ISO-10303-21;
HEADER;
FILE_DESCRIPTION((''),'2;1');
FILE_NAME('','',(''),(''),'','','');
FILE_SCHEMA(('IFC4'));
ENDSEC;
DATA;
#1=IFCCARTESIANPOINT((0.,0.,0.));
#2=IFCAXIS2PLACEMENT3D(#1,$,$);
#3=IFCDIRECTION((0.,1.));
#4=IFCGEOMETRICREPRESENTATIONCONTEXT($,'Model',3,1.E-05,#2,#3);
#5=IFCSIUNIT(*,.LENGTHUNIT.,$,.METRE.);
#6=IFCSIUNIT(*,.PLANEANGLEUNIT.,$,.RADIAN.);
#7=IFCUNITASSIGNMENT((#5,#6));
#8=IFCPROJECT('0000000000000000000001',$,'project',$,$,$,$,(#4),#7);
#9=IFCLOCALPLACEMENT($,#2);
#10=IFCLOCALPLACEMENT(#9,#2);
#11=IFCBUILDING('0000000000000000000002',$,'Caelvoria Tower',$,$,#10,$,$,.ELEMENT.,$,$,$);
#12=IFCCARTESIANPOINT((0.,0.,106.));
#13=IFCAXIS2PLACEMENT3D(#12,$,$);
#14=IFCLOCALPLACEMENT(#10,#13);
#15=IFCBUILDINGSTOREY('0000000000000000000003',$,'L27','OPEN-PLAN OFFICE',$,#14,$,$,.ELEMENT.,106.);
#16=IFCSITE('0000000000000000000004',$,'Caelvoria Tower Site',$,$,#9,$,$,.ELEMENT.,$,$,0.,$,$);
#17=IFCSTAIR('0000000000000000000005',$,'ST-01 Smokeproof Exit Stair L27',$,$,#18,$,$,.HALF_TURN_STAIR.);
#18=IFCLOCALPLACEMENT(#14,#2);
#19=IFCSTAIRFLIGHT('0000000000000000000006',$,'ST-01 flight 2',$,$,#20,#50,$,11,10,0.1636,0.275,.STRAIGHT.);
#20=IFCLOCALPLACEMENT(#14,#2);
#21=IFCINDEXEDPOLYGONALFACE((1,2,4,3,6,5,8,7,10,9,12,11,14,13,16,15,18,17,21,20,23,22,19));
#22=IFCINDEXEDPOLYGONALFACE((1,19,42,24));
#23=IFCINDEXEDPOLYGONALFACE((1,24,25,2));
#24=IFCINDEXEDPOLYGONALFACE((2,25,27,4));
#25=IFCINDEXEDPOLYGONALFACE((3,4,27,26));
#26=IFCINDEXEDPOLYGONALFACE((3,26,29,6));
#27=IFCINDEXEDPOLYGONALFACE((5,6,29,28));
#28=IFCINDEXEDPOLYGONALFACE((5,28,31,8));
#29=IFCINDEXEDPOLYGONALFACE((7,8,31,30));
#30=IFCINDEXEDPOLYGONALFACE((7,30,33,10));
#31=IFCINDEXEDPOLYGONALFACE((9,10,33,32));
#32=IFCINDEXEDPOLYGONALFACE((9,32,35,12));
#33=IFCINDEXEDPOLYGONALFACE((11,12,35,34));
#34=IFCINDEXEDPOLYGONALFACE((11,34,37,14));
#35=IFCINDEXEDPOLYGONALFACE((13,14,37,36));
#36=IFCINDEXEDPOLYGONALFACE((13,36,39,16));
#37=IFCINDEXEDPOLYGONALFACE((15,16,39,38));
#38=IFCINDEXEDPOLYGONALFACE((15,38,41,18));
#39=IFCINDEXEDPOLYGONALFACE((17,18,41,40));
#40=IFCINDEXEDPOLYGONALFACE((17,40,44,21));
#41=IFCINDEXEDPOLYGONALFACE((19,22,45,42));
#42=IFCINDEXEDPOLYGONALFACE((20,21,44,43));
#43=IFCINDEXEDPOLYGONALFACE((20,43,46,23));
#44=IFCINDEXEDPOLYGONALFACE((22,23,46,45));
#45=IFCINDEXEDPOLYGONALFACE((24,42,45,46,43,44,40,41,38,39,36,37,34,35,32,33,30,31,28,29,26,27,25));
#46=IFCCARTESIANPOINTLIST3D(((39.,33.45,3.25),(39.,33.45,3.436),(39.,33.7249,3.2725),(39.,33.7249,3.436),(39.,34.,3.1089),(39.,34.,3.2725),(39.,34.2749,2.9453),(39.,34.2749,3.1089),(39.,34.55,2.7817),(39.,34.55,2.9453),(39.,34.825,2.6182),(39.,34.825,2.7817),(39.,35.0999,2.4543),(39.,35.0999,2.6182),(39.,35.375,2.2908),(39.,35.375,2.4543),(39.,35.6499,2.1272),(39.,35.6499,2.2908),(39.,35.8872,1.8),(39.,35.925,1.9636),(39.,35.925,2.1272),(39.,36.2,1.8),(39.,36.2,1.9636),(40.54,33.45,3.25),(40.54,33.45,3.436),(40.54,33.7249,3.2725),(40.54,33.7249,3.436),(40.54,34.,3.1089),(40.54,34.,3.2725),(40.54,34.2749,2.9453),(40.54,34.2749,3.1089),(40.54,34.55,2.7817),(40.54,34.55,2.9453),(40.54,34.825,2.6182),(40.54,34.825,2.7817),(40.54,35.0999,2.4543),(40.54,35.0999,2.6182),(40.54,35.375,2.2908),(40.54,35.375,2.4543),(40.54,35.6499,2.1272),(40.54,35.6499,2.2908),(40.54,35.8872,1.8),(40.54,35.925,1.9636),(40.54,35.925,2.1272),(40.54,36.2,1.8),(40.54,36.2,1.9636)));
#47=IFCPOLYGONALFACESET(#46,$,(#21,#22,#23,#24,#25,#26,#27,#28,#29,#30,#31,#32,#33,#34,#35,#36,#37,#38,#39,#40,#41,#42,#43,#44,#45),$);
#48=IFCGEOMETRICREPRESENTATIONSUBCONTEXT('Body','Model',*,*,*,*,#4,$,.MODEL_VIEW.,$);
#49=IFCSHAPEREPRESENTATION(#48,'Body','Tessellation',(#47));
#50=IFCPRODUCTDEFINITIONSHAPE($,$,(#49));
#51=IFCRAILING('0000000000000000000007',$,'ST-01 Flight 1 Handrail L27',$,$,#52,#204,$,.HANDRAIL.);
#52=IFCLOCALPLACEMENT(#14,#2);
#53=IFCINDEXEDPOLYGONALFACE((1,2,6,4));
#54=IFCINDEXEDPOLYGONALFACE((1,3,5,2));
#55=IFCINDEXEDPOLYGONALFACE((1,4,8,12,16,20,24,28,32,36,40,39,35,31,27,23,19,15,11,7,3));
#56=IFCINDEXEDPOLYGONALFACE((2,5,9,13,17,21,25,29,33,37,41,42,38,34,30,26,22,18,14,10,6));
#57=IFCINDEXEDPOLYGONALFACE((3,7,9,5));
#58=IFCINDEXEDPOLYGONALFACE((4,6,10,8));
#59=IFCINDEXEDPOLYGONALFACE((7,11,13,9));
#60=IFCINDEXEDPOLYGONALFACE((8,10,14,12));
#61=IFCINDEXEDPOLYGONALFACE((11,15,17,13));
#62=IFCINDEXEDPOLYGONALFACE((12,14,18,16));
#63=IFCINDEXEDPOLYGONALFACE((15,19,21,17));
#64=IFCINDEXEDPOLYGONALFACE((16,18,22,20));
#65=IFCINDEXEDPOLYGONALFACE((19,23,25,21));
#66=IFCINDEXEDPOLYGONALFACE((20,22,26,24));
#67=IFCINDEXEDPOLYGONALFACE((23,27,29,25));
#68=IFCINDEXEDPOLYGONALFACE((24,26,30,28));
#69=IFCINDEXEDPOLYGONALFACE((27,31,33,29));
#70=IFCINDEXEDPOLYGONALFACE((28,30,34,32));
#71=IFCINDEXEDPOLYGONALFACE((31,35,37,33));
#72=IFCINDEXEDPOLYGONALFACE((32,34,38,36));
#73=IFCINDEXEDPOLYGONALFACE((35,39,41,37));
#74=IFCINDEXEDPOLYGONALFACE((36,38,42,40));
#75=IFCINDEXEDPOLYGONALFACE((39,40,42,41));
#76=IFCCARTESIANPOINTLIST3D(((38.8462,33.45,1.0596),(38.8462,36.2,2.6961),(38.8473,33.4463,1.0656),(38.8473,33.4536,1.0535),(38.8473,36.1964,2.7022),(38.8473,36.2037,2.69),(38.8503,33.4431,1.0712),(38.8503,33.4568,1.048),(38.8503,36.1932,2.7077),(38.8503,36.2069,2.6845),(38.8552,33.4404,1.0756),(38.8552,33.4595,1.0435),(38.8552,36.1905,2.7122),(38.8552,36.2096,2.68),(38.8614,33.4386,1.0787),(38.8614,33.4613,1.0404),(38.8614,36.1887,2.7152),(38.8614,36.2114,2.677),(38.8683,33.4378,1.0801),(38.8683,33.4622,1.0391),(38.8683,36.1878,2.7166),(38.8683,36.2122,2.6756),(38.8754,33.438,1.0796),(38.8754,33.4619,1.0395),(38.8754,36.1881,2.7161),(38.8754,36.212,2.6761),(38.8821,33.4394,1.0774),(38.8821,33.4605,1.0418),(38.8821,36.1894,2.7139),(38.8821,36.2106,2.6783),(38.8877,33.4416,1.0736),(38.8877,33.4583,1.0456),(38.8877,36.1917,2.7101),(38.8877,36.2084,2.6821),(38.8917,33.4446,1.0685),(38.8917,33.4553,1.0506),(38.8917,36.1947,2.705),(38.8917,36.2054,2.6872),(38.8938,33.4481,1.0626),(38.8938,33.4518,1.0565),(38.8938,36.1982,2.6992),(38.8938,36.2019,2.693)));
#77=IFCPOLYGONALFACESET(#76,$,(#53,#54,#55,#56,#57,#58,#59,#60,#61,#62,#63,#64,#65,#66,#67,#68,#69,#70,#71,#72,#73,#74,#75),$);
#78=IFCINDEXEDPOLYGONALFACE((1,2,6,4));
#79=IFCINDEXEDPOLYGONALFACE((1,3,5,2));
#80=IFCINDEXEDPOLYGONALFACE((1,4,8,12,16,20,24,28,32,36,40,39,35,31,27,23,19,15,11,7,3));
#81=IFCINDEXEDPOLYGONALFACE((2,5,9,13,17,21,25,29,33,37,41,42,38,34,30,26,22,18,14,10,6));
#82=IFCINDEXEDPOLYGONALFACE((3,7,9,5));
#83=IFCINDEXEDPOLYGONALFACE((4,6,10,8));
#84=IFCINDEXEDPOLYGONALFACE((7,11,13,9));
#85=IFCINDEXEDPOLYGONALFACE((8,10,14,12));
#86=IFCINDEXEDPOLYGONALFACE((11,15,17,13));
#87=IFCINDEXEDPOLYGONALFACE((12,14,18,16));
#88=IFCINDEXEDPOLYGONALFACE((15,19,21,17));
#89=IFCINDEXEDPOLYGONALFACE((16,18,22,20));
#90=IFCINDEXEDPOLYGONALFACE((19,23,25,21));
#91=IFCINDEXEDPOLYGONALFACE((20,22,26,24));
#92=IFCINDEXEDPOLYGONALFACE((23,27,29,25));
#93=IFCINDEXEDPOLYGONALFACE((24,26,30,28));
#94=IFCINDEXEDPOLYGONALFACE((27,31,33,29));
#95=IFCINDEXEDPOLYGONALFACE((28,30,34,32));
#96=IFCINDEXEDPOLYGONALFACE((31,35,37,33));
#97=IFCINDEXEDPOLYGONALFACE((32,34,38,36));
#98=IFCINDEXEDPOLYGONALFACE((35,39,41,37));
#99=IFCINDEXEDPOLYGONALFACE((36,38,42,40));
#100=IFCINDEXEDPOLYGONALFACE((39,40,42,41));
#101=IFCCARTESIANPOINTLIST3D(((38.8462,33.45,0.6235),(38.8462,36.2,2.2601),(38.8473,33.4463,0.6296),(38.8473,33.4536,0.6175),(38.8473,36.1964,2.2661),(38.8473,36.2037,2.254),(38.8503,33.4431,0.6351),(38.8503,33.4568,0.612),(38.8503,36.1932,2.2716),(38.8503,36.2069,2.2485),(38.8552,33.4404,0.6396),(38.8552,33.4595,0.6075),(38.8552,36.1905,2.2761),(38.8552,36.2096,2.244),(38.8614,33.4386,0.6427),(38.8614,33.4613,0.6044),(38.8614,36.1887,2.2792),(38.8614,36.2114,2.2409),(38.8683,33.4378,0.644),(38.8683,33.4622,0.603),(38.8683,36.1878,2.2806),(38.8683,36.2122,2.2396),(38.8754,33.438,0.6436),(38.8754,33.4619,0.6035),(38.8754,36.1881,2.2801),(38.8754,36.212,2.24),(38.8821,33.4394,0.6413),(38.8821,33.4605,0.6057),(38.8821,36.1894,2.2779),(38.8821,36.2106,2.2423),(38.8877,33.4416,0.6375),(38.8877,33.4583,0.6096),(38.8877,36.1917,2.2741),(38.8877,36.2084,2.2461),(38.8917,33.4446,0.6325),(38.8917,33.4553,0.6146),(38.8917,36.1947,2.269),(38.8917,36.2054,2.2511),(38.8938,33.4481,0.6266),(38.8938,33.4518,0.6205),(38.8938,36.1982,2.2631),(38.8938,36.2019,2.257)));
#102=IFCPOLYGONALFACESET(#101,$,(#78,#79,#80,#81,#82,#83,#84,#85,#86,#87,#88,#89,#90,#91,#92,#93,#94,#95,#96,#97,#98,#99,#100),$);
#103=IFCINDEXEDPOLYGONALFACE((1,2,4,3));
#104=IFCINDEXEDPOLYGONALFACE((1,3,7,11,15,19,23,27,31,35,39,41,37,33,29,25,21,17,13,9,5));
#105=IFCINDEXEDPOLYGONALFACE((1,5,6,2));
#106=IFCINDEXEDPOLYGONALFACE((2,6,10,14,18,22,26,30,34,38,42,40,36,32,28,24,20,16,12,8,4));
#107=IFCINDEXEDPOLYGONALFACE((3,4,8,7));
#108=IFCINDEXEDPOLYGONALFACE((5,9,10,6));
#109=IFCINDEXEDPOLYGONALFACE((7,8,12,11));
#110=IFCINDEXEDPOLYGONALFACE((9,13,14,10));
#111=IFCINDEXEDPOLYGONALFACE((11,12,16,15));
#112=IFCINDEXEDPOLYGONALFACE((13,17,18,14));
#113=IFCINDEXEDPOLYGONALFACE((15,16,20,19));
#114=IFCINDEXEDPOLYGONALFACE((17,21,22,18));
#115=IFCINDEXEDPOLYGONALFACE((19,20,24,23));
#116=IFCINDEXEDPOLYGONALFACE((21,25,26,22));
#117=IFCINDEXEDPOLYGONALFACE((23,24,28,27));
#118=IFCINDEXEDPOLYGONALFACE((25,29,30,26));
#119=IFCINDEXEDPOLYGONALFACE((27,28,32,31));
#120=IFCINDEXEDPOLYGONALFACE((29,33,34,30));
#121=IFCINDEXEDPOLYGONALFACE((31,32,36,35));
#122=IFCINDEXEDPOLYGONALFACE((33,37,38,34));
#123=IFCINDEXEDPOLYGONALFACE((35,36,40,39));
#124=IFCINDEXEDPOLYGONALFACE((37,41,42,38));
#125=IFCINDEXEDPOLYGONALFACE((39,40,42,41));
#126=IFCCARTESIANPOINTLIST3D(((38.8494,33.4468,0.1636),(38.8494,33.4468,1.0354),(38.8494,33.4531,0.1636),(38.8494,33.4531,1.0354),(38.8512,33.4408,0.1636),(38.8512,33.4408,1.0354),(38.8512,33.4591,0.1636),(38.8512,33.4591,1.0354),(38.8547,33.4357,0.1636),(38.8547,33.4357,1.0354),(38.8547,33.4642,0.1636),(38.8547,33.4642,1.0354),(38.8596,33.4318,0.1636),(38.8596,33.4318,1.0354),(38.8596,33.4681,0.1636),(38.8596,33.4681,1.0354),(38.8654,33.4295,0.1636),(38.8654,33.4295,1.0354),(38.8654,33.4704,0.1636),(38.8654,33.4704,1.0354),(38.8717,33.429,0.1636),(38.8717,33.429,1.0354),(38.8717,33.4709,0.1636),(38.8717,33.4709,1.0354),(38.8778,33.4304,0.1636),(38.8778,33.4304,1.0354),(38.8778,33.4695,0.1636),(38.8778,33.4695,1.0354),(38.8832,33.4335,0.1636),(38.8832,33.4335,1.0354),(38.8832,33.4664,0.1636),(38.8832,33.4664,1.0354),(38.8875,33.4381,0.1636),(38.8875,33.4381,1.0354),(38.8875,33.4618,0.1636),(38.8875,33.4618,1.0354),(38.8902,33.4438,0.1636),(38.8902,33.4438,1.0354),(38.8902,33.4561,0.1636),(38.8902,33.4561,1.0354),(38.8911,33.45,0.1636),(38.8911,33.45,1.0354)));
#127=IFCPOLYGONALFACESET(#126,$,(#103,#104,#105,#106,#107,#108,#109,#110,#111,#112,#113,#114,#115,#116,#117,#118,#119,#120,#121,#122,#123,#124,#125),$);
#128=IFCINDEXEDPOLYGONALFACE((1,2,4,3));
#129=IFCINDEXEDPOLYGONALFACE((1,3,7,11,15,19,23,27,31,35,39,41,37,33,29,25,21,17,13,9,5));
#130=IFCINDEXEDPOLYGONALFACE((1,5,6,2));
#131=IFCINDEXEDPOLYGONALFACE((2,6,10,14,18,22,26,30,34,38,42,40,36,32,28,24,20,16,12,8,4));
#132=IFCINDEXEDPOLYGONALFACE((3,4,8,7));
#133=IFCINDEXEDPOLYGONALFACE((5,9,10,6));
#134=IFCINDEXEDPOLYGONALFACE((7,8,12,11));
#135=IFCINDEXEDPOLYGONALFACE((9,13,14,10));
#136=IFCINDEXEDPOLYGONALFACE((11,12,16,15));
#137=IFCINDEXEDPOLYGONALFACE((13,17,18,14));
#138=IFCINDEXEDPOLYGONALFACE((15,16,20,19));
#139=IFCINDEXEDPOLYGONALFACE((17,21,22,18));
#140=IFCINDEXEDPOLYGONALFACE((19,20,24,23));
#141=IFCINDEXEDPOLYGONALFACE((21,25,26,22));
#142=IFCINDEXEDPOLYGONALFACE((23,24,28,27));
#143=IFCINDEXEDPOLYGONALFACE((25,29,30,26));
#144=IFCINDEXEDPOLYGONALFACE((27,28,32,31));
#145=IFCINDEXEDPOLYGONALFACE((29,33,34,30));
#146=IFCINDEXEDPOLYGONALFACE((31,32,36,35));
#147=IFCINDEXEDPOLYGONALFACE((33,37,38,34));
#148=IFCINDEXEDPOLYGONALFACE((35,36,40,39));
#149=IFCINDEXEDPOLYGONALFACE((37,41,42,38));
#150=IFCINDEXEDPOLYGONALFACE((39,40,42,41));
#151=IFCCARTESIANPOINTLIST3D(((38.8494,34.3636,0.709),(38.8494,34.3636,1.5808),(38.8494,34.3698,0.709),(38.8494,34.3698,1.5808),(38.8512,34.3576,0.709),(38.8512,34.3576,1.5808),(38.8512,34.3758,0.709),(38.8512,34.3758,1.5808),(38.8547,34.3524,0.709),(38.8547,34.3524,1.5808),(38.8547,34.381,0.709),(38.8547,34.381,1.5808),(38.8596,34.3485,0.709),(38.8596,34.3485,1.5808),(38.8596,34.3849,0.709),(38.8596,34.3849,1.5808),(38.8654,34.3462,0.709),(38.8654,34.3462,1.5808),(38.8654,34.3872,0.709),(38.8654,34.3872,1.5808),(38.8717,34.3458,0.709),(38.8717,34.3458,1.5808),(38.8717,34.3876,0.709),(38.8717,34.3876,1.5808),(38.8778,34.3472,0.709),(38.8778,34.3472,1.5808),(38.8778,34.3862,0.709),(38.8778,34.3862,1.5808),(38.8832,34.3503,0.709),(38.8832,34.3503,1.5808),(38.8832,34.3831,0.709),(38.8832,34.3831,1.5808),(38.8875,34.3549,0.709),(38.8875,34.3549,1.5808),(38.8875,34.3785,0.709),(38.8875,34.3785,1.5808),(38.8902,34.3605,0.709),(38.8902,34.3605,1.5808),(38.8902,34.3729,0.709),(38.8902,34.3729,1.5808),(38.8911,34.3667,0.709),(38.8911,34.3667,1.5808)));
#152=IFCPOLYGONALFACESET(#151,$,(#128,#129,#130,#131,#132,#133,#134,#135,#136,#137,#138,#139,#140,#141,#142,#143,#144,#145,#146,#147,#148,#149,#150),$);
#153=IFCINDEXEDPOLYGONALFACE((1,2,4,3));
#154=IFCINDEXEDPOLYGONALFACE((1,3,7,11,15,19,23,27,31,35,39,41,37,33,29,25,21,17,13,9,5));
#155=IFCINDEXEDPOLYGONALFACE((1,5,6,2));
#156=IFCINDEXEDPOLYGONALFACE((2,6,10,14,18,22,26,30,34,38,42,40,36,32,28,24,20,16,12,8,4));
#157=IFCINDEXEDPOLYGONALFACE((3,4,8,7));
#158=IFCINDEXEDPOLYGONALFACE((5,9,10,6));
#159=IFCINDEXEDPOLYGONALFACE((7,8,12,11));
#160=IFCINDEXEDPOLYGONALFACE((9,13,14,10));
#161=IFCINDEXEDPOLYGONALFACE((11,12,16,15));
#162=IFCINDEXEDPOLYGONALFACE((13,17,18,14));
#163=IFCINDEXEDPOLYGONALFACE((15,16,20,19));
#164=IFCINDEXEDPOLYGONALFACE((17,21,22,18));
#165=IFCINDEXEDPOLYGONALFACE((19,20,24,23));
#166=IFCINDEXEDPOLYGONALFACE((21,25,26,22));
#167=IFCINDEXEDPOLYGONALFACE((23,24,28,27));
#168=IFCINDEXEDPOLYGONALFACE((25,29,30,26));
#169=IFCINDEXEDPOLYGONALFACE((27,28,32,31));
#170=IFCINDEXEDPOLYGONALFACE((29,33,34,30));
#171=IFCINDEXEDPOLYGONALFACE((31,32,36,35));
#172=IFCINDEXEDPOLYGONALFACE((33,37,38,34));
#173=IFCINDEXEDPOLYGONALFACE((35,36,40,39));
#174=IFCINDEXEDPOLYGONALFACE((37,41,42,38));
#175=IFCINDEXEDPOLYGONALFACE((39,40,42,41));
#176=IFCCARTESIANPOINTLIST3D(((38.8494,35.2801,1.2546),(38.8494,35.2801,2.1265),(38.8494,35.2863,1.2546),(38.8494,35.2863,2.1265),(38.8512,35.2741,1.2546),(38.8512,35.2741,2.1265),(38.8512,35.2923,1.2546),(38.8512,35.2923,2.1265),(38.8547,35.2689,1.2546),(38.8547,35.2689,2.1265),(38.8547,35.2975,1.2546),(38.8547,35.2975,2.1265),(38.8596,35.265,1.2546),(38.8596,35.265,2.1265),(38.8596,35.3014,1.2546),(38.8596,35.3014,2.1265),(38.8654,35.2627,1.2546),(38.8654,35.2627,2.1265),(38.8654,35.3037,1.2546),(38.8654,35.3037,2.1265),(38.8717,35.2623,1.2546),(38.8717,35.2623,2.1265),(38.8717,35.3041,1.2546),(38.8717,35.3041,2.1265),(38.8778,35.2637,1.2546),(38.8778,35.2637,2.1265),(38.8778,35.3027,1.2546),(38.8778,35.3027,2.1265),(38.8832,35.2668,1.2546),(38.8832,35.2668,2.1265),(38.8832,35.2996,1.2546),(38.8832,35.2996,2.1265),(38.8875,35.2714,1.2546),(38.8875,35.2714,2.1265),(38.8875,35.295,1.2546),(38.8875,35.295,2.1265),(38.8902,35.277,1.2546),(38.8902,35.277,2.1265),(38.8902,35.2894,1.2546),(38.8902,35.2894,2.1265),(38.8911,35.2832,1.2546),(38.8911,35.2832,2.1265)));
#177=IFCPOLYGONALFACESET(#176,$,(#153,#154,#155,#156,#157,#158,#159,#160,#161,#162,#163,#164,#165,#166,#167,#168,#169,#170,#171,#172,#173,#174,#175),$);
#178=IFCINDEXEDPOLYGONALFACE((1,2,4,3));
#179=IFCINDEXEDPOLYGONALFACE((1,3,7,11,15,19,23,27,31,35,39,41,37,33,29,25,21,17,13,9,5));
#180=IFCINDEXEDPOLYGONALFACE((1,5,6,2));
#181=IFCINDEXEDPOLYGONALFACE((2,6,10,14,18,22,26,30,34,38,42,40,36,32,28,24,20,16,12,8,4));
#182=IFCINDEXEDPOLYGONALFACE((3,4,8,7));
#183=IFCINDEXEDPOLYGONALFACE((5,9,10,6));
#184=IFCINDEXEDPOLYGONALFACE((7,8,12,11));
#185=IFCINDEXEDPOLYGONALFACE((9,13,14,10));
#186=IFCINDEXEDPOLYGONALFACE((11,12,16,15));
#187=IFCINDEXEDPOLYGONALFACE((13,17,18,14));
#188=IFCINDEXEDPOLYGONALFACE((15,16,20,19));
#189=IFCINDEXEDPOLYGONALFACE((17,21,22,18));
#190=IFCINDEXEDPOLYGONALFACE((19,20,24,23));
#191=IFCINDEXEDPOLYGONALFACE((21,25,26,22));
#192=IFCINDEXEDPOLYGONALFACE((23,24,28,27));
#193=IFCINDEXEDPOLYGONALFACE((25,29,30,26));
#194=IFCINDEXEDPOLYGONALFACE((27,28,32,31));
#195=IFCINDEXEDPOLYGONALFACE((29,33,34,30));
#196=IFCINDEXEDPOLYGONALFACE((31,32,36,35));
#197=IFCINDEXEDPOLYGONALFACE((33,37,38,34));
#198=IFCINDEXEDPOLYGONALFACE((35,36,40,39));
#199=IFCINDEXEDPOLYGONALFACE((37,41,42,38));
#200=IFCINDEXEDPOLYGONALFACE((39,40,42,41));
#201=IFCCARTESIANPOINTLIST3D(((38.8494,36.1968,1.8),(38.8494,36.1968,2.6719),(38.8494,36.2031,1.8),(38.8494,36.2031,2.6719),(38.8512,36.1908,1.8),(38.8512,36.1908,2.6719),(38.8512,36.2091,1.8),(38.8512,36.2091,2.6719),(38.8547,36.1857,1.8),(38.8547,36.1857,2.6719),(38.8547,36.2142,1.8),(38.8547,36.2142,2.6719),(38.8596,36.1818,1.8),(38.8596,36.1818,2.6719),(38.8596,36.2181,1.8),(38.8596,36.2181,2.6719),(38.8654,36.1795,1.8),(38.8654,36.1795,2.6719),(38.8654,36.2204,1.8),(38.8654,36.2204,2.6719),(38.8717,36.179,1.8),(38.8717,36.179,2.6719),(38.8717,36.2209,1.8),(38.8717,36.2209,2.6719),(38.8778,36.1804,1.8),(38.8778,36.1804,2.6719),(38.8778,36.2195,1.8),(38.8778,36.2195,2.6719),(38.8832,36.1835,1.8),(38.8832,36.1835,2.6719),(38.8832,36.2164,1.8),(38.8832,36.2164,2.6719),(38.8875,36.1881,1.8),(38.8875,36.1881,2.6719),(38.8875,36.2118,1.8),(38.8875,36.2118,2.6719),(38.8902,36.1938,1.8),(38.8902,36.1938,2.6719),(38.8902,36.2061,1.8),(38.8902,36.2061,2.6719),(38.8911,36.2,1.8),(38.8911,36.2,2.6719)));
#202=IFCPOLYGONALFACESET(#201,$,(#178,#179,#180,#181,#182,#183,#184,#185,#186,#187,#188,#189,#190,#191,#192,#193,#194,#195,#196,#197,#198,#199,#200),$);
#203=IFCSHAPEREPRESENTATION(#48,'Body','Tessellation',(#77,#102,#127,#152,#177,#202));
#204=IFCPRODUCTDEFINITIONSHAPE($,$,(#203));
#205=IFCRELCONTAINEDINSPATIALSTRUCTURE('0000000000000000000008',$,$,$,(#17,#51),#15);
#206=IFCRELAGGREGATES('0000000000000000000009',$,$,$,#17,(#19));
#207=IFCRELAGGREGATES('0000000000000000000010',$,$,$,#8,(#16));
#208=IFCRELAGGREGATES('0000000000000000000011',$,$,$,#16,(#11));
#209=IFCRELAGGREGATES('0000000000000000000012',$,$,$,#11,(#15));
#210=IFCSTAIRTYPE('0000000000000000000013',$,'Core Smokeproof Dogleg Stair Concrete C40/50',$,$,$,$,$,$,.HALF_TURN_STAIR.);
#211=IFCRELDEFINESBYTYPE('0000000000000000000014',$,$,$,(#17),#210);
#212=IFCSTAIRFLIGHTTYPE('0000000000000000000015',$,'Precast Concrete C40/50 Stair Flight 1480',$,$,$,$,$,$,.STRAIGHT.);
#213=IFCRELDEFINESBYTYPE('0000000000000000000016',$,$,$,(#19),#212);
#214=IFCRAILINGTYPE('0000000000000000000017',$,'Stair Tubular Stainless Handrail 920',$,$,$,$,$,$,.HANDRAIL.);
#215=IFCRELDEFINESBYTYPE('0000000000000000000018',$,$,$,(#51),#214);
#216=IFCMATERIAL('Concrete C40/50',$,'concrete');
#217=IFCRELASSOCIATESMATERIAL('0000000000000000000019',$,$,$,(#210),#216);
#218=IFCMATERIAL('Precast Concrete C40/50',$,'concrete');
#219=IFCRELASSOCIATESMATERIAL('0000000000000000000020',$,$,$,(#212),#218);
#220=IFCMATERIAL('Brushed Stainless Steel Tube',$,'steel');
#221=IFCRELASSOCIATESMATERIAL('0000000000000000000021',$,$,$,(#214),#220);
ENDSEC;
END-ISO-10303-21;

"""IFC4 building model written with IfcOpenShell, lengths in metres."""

from ifc_helpers import new_model, si_unit, direction, frame, origin, origin_2d, place, context, subcontext, project, spatial, polyline, circle, outline, extrude, material, type_object, element, aggregate, save


model = new_model("IFC4")

# Units and contexts
model_context = context("Model", 3, precision=1e-05, world=origin(), true_north=direction((0.0, 1.0)))
body_context = subcontext(model_context, "Body", "Model", "MODEL_VIEW")
ifc_project = project(units=[si_unit("LENGTHUNIT", "METRE"), si_unit("PLANEANGLEUNIT", "RADIAN")], contexts=[model_context])

# Site, building, storey
site_placement = place(None, origin())
site = spatial("IfcSite", under=ifc_project, at=site_placement, Name="Caelvoria Tower Site", CompositionType="ELEMENT", RefElevation=0.0)
building_placement = place(site_placement, origin())
building = spatial("IfcBuilding", under=site, at=building_placement, Name="Caelvoria Tower", CompositionType="ELEMENT")
storey_placement = place(building_placement, frame((0.0, 0.0, 106.0)))
storey = spatial("IfcBuildingStorey", under=building, at=storey_placement, Name="L27", Description="OPEN-PLAN OFFICE", CompositionType="ELEMENT", Elevation=106.0)

# Stair, stair flight
ifc_material_1 = material(Name="Concrete C40/50", Category="concrete")
stair_type = type_object("IfcStairType", Name="Core Smokeproof Dogleg Stair Concrete C40/50", PredefinedType="HALF_TURN_STAIR", material=ifc_material_1)
stair_placement = place(storey_placement, origin())
stair = element("IfcStair", 1, at=stair_placement, inside=storey, type_object=stair_type, Name="ST-01 Smokeproof Exit Stair L27", PredefinedType="HALF_TURN_STAIR")
ifc_material_2 = material(Name="Precast Concrete C40/50", Category="concrete")
stair_flight_type = type_object("IfcStairFlightType", Name="Precast Concrete C40/50 Stair Flight 1480", PredefinedType="STRAIGHT", material=ifc_material_2)
stair_flight_1_placement = place(storey_placement, frame((39.77, 36.2, 1.8), z_axis=(0.0, 0.0, 1.0), x_axis=(0.0, -1.0, 0.0)))
stair_flight_1 = element("IfcStairFlight", 2, at=stair_flight_1_placement, type_object=stair_flight_type, Name="ST-01 flight 2", NumberOfRisers=11, NumberOfTreads=10, PredefinedType="STRAIGHT", RiserHeight=0.1636, TreadLength=0.275, context=body_context, shape_type="SweptSolid", body=[
    extrude(outline(polyline([(0.0, 0.0), (0.0, 0.1636), (0.2749, 0.1636), (0.2749, 0.3271), (0.55, 0.3271), (0.55, 0.4907), (0.825, 0.4907), (0.825, 0.6543), (1.1001, 0.6543), (1.1001, 0.8181), (1.375, 0.8181), (1.375, 0.9817), (1.6499, 0.9817), (1.6499, 1.1453), (1.925, 1.1453), (1.925, 1.3088), (2.2, 1.3088), (2.2, 1.4724), (2.4751, 1.4724), (2.4751, 1.636), (2.75, 1.636), (2.75, 1.7996), (2.75, 1.45), (0.3127, 0.0), (0.0, 0.0)])), frame((0.0, 0.77, 0.0), z_axis=(0.0, -1.0, 0.0), x_axis=(1.0, 0.0, 0.0)), (0.0, 0.0, 1.0), 1.54),
])
aggregate(stair, [stair_flight_1])

# Railing
ifc_material_3 = material(Name="Brushed Stainless Steel Tube", Category="steel")
railing_type_1 = type_object("IfcRailingType", Name="Stair Tubular Stainless Handrail 920", PredefinedType="HANDRAIL", material=ifc_material_3)
railing_1_placement = place(storey_placement, frame((38.8701, 33.45, 0.1636)))
element("IfcRailing", 3, at=railing_1_placement, inside=storey, type_object=railing_type_1, Name="ST-01 Flight 1 Handrail L27", PredefinedType="HANDRAIL", context=body_context, shape_type="SweptSolid", body=[
    extrude(circle(Radius=0.0239, at=origin_2d()), frame((0.0, 0.0, 0.896), z_axis=(0.0, 0.859352, 0.511385), x_axis=(-1.0, 0.0, 0.0)), (0.0, 0.0, 1.0), 3.2002),
    extrude(circle(Radius=0.0239, at=origin_2d()), frame((0.0, 0.0, 0.46), z_axis=(0.0, 0.859352, 0.511385), x_axis=(-1.0, 0.0, 0.0)), (0.0, 0.0, 1.0), 3.2002),
    extrude(circle(Radius=0.021, at=origin_2d()), origin(), (0.0, 0.0, 1.0), 0.8718),
    extrude(circle(Radius=0.021, at=origin_2d()), frame((0.0, 0.9167, 0.5454)), (0.0, 0.0, 1.0), 0.8718),
    extrude(circle(Radius=0.021, at=origin_2d()), frame((0.0, 1.8333, 1.0911)), (0.0, 0.0, 1.0), 0.8718),
    extrude(circle(Radius=0.021, at=origin_2d()), frame((0.0, 2.75, 1.6365)), (0.0, 0.0, 1.0), 0.8718),
])

save(model, "model.ifc")
